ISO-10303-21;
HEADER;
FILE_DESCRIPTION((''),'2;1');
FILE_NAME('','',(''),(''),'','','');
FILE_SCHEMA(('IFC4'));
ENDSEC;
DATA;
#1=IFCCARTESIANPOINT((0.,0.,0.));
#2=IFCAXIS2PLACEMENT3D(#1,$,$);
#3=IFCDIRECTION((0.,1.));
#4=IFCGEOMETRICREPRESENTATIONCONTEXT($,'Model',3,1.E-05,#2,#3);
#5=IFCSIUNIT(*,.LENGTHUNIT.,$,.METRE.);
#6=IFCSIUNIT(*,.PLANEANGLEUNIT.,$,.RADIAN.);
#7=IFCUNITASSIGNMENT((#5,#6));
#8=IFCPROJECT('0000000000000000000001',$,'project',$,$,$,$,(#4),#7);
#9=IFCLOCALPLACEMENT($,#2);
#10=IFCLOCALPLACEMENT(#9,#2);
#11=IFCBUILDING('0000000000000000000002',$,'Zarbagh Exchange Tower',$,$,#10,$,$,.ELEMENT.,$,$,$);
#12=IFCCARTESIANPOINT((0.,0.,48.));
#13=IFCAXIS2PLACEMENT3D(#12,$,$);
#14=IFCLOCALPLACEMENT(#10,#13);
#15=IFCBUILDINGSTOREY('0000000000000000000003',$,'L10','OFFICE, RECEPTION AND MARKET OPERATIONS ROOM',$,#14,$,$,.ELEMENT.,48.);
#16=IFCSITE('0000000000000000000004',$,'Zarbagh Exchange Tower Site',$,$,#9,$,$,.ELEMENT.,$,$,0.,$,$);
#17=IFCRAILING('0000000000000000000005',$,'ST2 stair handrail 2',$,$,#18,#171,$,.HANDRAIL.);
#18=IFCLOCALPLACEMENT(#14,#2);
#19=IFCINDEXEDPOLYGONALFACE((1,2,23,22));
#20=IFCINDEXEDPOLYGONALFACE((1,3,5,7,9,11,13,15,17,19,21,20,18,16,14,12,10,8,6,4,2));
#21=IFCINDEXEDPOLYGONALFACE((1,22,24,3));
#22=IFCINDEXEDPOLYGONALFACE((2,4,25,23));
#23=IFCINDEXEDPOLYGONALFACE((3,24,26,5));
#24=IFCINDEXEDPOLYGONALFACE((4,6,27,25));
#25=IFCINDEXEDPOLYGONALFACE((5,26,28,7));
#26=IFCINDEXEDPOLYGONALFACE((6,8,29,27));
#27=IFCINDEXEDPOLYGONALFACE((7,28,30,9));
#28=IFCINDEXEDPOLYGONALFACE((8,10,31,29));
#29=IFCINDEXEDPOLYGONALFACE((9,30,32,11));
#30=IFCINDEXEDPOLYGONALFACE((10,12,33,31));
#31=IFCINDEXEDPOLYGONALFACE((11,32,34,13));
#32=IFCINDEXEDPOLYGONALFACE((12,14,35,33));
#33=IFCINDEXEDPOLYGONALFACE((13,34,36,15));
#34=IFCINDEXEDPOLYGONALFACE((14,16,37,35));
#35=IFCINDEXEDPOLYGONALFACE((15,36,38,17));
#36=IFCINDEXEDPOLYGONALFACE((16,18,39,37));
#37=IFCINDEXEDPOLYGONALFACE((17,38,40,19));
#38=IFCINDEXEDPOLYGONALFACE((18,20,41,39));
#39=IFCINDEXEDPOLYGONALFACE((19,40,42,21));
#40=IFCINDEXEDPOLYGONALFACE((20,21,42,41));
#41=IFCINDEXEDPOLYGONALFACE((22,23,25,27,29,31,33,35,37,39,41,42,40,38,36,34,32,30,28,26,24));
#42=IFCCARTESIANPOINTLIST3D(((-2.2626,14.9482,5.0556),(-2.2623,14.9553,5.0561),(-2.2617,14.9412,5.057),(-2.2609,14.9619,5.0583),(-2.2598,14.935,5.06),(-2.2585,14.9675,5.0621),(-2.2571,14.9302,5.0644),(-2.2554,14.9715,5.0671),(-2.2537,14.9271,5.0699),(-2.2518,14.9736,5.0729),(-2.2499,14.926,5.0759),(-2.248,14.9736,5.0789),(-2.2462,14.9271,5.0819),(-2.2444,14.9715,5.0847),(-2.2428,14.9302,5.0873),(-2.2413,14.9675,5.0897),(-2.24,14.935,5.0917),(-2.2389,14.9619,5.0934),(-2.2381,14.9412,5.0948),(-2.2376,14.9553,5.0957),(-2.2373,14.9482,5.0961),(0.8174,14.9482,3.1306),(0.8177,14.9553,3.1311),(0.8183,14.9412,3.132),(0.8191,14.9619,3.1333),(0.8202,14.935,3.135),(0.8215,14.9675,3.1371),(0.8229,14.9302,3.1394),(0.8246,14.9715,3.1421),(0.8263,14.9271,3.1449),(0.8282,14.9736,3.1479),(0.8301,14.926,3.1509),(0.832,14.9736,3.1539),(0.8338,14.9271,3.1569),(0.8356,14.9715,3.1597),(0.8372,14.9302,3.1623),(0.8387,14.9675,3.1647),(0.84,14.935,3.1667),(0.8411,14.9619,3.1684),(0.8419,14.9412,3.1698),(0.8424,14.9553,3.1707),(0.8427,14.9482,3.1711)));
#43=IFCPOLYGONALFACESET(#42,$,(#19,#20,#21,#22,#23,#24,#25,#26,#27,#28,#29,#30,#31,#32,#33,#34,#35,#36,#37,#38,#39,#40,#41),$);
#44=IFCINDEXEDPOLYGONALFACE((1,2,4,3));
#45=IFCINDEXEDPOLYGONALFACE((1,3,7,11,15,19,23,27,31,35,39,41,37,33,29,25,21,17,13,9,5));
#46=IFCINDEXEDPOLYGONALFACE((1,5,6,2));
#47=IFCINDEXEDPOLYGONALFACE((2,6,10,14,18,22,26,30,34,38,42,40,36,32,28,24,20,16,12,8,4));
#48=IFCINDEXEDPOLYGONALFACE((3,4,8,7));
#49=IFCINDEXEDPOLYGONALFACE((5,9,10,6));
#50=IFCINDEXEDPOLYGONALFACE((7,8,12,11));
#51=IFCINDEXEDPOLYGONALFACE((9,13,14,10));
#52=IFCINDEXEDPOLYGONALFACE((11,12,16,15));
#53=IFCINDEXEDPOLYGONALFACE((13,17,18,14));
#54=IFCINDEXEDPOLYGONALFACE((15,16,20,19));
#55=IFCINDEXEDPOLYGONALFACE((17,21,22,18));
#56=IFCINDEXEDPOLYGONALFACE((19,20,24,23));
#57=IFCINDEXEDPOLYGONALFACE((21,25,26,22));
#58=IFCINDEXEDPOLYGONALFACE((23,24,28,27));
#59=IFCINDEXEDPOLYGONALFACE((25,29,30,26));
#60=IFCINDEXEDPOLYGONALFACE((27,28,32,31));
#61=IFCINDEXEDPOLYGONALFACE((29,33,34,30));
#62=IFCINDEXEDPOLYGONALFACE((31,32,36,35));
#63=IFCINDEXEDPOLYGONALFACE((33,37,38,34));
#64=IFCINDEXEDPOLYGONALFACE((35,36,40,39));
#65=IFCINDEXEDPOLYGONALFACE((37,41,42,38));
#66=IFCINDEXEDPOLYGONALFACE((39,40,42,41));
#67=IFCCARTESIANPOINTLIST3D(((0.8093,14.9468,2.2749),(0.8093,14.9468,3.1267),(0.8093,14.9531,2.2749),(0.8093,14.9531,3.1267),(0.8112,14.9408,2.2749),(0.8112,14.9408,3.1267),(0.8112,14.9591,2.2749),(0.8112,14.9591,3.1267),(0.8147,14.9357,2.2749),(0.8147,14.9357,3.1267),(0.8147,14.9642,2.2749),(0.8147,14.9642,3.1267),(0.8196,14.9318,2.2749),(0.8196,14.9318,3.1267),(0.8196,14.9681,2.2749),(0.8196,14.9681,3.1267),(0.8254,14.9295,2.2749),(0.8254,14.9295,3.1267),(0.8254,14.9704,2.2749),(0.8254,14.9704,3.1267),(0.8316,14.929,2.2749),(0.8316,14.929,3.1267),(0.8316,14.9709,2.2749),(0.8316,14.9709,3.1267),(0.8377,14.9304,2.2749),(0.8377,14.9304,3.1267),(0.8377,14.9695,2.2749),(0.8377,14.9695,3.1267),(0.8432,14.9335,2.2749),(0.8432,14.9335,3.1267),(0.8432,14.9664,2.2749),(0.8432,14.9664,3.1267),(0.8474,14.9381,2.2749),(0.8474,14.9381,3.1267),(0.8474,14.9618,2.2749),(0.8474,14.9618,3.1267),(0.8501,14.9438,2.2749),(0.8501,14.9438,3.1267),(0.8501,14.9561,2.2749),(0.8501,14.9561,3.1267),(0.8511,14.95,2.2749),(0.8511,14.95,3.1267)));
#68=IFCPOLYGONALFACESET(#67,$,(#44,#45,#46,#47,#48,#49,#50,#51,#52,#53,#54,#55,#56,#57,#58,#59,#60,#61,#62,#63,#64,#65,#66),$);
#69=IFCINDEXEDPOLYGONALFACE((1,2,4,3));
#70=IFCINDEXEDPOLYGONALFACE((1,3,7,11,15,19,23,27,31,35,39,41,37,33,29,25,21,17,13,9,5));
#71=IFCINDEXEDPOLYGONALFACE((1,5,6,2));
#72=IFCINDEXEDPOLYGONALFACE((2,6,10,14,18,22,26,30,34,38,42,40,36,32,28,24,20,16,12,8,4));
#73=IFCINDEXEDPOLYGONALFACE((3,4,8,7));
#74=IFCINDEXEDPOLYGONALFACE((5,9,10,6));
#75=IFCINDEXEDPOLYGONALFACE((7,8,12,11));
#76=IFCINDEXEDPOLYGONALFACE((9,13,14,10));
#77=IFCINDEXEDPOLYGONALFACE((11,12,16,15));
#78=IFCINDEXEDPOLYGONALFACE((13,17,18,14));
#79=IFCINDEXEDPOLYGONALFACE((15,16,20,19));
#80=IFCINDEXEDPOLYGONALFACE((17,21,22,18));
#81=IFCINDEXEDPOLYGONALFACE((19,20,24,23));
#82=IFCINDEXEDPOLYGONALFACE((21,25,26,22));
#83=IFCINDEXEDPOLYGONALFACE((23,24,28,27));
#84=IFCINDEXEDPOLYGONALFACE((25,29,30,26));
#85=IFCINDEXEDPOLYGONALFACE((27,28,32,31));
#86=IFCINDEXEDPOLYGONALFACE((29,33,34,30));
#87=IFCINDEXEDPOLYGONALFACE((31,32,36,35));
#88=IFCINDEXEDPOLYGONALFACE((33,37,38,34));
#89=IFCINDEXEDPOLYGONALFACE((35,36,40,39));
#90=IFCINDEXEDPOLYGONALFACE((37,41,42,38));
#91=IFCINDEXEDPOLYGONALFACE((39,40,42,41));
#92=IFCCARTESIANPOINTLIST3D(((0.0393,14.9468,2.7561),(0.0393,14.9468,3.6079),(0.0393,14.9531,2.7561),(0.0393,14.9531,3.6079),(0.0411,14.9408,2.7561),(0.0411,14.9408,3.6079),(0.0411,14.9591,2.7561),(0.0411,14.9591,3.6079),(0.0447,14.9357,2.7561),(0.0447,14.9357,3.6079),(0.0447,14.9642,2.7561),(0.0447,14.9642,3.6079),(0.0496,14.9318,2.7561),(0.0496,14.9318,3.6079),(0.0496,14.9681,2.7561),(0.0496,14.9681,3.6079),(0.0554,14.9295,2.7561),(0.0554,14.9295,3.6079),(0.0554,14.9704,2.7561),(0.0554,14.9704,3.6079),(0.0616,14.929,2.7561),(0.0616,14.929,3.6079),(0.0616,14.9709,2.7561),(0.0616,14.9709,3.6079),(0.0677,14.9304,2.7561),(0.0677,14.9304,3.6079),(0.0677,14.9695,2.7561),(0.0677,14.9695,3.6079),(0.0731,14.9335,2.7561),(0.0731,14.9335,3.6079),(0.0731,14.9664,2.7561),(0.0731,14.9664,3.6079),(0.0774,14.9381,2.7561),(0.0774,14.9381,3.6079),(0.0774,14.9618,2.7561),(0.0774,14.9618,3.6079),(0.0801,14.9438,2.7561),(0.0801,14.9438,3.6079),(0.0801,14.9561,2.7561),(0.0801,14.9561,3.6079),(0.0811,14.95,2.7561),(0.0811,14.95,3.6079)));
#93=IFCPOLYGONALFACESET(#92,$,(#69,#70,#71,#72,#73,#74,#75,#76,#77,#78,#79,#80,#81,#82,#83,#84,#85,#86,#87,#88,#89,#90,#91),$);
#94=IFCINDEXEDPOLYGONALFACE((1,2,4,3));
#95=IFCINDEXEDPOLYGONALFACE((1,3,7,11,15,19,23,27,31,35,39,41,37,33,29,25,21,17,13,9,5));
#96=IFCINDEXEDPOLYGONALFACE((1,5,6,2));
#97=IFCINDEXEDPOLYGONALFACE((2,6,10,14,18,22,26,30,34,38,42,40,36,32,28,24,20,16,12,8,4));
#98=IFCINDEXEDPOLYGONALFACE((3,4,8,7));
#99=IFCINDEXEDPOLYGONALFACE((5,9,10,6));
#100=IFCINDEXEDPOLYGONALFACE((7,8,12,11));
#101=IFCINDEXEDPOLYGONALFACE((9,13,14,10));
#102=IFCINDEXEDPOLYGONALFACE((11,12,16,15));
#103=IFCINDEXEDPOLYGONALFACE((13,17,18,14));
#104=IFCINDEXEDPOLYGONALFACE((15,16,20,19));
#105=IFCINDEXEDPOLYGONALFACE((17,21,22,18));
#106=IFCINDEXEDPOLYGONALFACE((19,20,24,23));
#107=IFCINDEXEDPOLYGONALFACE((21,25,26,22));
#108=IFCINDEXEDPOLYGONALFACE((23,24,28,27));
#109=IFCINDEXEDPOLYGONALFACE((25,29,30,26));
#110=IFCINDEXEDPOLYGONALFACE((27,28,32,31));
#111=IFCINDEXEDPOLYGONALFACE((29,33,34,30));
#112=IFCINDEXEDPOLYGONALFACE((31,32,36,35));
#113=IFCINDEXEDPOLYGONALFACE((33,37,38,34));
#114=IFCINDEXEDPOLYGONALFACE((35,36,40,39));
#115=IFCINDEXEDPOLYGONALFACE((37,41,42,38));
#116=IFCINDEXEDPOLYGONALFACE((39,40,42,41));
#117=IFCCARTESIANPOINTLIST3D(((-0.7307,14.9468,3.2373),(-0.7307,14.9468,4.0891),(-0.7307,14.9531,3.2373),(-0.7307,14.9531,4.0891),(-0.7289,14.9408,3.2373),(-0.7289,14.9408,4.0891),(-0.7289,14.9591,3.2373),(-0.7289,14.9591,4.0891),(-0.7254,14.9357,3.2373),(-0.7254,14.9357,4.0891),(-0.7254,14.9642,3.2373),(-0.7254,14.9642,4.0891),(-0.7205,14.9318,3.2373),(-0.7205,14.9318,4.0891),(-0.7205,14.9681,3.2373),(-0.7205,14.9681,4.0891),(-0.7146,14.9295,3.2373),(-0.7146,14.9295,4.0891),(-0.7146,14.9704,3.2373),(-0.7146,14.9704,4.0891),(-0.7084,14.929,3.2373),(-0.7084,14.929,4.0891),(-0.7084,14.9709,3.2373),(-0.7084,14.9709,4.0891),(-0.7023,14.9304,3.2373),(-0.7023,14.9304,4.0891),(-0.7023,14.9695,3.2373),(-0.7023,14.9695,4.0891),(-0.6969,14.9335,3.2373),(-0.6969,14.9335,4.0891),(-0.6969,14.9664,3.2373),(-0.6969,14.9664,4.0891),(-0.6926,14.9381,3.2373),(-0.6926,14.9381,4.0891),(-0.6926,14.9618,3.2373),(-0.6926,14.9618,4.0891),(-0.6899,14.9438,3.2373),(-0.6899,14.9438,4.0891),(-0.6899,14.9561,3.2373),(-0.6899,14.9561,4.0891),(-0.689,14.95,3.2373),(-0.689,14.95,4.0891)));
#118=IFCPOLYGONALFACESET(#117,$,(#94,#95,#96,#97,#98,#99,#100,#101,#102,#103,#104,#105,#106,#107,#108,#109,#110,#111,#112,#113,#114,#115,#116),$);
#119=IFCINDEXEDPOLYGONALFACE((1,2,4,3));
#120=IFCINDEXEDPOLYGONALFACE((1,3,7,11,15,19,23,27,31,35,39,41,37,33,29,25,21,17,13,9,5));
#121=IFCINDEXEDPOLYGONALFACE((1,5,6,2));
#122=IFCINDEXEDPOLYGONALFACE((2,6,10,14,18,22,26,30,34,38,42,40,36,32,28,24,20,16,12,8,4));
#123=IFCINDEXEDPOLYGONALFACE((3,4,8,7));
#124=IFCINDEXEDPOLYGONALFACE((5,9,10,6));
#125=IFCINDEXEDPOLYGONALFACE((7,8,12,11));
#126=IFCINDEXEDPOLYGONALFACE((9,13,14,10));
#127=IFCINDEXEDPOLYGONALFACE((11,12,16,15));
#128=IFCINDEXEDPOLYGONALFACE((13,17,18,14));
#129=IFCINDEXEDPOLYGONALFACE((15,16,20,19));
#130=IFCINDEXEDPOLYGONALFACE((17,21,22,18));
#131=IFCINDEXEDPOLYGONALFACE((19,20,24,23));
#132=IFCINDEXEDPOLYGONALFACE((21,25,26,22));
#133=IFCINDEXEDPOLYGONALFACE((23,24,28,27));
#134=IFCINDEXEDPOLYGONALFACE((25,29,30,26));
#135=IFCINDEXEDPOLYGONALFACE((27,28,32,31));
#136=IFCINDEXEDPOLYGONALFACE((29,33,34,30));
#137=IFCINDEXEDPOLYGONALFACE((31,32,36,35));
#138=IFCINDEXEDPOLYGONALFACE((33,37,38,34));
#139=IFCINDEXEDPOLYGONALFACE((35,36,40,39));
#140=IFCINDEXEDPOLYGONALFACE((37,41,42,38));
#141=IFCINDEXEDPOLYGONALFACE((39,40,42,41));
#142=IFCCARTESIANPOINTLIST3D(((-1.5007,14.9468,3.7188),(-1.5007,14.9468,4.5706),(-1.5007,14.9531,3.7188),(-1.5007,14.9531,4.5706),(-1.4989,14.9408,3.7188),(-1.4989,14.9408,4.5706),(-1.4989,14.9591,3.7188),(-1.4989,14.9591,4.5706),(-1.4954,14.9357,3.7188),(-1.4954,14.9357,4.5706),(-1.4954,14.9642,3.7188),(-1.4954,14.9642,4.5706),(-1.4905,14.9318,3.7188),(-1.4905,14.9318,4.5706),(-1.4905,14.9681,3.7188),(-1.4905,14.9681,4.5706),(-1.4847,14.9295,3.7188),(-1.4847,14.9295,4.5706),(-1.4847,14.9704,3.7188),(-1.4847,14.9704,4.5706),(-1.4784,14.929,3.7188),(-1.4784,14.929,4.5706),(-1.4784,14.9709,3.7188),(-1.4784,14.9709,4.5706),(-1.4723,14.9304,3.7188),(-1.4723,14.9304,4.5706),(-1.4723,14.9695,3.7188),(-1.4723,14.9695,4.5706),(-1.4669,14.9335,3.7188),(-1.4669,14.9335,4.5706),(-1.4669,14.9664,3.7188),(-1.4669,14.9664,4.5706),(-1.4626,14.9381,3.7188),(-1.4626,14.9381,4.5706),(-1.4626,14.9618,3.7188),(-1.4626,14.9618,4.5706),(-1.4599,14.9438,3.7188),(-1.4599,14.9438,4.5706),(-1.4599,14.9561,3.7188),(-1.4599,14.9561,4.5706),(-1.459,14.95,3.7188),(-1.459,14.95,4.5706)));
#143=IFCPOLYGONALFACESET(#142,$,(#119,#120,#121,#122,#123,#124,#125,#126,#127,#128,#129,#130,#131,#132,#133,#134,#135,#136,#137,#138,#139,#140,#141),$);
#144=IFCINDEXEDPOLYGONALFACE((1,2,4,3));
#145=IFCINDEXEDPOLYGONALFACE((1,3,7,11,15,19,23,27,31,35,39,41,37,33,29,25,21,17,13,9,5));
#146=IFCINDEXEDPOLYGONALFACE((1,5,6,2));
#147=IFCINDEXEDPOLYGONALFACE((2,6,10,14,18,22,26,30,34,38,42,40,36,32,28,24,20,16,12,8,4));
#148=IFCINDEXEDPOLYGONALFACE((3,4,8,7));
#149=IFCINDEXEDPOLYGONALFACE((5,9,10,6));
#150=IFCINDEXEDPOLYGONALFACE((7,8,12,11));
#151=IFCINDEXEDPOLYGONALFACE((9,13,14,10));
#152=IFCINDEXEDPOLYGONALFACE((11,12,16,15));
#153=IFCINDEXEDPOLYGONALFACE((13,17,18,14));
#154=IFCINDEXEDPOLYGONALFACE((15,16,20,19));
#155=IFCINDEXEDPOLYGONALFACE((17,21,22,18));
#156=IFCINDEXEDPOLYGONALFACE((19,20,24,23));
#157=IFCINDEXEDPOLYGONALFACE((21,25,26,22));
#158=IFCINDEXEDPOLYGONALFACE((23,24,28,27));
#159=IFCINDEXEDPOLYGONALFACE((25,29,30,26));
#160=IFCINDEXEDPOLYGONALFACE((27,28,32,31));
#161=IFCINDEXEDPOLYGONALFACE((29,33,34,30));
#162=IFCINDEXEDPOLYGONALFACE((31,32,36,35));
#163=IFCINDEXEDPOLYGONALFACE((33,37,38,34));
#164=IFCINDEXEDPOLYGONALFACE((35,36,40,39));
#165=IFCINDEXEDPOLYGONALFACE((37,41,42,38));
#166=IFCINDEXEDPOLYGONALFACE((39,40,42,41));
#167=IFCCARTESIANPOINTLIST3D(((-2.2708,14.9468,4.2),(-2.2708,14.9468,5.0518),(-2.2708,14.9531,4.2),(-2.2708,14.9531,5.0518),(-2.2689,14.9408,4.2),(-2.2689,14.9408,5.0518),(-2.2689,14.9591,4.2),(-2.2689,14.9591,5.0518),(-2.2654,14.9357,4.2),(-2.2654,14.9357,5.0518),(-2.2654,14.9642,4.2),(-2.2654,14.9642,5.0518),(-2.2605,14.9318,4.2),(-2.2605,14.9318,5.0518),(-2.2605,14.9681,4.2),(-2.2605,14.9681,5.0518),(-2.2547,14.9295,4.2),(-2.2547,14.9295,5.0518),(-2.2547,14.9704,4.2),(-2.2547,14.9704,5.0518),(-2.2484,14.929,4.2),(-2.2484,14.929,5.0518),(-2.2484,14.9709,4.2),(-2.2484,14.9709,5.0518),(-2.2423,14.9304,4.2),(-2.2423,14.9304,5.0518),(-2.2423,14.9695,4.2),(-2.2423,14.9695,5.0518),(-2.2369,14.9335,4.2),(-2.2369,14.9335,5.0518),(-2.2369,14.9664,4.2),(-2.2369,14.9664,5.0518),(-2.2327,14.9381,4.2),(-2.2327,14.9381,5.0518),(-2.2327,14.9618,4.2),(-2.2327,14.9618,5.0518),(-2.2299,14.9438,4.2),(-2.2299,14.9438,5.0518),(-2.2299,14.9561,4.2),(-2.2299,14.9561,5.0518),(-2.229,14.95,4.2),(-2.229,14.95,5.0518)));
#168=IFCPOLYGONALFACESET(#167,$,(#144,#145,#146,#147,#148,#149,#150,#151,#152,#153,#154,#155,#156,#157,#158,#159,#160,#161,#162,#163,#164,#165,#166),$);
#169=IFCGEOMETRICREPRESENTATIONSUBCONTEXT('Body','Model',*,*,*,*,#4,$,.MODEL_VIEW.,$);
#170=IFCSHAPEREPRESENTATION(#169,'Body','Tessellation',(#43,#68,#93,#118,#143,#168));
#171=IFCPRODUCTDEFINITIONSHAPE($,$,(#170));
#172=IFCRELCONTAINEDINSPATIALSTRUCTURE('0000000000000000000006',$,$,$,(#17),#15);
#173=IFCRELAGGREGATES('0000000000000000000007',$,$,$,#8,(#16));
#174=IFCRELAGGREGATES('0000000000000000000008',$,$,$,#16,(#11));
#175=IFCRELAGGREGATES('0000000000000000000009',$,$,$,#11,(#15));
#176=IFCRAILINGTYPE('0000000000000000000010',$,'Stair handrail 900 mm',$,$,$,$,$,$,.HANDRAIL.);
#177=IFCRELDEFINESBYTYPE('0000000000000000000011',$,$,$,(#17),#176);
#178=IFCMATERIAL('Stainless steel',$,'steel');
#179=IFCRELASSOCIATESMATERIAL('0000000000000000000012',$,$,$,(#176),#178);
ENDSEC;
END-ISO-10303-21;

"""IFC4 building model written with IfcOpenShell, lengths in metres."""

from ifc_helpers import new_model, si_unit, direction, frame, origin, origin_2d, place, context, subcontext, project, spatial, circle, extrude, material, type_object, element, save


model = new_model("IFC4")

# Units and contexts
model_context = context("Model", 3, precision=1e-05, world=origin(), true_north=direction((0.0, 1.0)))
body_context = subcontext(model_context, "Body", "Model", "MODEL_VIEW")
ifc_project = project(units=[si_unit("LENGTHUNIT", "METRE"), si_unit("PLANEANGLEUNIT", "RADIAN")], contexts=[model_context])

# Site, building, storey
site_placement = place(None, origin())
site = spatial("IfcSite", under=ifc_project, at=site_placement, Name="Zarbagh Exchange Tower Site", CompositionType="ELEMENT", RefElevation=0.0)
building_placement = place(site_placement, origin())
building = spatial("IfcBuilding", under=site, at=building_placement, Name="Zarbagh Exchange Tower", CompositionType="ELEMENT")
storey_placement = place(building_placement, frame((0.0, 0.0, 48.0)))
storey = spatial("IfcBuildingStorey", under=building, at=storey_placement, Name="L10", Description="OFFICE, RECEPTION AND MARKET OPERATIONS ROOM", CompositionType="ELEMENT", Elevation=48.0)

# Shared definitions
ifc_material_1 = material(Name="Stainless steel", Category="steel")

# Railing
railing_type_1 = type_object("IfcRailingType", Name="Stair handrail 900 mm", PredefinedType="HANDRAIL", material=ifc_material_1)
railing_1_placement = place(storey_placement, frame((0.8301, 14.95, 2.2749)))
element("IfcRailing", 1, at=railing_1_placement, inside=storey, type_object=railing_type_1, Name="ST2 stair handrail 2", PredefinedType="HANDRAIL", context=body_context, shape_type="SweptSolid", body=[
    extrude(circle(Radius=0.0239, at=origin_2d()), frame((0.0, 0.0, 0.876), z_axis=(-0.847998, 0.0, 0.529999), x_axis=(0.0, -1.0, 0.0)), (0.0, 0.0, 1.0), 3.6321),
    extrude(circle(Radius=0.021, at=origin_2d()), origin(), (0.0, 0.0, 1.0), 0.8518),
    extrude(circle(Radius=0.021, at=origin_2d()), frame((-0.77, 0.0, 0.4812)), (0.0, 0.0, 1.0), 0.8518),
    extrude(circle(Radius=0.021, at=origin_2d()), frame((-1.54, 0.0, 0.9624)), (0.0, 0.0, 1.0), 0.8518),
    extrude(circle(Radius=0.021, at=origin_2d()), frame((-2.3101, 0.0, 1.4438)), (0.0, 0.0, 1.0), 0.8518),
    extrude(circle(Radius=0.021, at=origin_2d()), frame((-3.0801, 0.0, 1.925)), (0.0, 0.0, 1.0), 0.8518),
])

save(model, "model.ifc")
